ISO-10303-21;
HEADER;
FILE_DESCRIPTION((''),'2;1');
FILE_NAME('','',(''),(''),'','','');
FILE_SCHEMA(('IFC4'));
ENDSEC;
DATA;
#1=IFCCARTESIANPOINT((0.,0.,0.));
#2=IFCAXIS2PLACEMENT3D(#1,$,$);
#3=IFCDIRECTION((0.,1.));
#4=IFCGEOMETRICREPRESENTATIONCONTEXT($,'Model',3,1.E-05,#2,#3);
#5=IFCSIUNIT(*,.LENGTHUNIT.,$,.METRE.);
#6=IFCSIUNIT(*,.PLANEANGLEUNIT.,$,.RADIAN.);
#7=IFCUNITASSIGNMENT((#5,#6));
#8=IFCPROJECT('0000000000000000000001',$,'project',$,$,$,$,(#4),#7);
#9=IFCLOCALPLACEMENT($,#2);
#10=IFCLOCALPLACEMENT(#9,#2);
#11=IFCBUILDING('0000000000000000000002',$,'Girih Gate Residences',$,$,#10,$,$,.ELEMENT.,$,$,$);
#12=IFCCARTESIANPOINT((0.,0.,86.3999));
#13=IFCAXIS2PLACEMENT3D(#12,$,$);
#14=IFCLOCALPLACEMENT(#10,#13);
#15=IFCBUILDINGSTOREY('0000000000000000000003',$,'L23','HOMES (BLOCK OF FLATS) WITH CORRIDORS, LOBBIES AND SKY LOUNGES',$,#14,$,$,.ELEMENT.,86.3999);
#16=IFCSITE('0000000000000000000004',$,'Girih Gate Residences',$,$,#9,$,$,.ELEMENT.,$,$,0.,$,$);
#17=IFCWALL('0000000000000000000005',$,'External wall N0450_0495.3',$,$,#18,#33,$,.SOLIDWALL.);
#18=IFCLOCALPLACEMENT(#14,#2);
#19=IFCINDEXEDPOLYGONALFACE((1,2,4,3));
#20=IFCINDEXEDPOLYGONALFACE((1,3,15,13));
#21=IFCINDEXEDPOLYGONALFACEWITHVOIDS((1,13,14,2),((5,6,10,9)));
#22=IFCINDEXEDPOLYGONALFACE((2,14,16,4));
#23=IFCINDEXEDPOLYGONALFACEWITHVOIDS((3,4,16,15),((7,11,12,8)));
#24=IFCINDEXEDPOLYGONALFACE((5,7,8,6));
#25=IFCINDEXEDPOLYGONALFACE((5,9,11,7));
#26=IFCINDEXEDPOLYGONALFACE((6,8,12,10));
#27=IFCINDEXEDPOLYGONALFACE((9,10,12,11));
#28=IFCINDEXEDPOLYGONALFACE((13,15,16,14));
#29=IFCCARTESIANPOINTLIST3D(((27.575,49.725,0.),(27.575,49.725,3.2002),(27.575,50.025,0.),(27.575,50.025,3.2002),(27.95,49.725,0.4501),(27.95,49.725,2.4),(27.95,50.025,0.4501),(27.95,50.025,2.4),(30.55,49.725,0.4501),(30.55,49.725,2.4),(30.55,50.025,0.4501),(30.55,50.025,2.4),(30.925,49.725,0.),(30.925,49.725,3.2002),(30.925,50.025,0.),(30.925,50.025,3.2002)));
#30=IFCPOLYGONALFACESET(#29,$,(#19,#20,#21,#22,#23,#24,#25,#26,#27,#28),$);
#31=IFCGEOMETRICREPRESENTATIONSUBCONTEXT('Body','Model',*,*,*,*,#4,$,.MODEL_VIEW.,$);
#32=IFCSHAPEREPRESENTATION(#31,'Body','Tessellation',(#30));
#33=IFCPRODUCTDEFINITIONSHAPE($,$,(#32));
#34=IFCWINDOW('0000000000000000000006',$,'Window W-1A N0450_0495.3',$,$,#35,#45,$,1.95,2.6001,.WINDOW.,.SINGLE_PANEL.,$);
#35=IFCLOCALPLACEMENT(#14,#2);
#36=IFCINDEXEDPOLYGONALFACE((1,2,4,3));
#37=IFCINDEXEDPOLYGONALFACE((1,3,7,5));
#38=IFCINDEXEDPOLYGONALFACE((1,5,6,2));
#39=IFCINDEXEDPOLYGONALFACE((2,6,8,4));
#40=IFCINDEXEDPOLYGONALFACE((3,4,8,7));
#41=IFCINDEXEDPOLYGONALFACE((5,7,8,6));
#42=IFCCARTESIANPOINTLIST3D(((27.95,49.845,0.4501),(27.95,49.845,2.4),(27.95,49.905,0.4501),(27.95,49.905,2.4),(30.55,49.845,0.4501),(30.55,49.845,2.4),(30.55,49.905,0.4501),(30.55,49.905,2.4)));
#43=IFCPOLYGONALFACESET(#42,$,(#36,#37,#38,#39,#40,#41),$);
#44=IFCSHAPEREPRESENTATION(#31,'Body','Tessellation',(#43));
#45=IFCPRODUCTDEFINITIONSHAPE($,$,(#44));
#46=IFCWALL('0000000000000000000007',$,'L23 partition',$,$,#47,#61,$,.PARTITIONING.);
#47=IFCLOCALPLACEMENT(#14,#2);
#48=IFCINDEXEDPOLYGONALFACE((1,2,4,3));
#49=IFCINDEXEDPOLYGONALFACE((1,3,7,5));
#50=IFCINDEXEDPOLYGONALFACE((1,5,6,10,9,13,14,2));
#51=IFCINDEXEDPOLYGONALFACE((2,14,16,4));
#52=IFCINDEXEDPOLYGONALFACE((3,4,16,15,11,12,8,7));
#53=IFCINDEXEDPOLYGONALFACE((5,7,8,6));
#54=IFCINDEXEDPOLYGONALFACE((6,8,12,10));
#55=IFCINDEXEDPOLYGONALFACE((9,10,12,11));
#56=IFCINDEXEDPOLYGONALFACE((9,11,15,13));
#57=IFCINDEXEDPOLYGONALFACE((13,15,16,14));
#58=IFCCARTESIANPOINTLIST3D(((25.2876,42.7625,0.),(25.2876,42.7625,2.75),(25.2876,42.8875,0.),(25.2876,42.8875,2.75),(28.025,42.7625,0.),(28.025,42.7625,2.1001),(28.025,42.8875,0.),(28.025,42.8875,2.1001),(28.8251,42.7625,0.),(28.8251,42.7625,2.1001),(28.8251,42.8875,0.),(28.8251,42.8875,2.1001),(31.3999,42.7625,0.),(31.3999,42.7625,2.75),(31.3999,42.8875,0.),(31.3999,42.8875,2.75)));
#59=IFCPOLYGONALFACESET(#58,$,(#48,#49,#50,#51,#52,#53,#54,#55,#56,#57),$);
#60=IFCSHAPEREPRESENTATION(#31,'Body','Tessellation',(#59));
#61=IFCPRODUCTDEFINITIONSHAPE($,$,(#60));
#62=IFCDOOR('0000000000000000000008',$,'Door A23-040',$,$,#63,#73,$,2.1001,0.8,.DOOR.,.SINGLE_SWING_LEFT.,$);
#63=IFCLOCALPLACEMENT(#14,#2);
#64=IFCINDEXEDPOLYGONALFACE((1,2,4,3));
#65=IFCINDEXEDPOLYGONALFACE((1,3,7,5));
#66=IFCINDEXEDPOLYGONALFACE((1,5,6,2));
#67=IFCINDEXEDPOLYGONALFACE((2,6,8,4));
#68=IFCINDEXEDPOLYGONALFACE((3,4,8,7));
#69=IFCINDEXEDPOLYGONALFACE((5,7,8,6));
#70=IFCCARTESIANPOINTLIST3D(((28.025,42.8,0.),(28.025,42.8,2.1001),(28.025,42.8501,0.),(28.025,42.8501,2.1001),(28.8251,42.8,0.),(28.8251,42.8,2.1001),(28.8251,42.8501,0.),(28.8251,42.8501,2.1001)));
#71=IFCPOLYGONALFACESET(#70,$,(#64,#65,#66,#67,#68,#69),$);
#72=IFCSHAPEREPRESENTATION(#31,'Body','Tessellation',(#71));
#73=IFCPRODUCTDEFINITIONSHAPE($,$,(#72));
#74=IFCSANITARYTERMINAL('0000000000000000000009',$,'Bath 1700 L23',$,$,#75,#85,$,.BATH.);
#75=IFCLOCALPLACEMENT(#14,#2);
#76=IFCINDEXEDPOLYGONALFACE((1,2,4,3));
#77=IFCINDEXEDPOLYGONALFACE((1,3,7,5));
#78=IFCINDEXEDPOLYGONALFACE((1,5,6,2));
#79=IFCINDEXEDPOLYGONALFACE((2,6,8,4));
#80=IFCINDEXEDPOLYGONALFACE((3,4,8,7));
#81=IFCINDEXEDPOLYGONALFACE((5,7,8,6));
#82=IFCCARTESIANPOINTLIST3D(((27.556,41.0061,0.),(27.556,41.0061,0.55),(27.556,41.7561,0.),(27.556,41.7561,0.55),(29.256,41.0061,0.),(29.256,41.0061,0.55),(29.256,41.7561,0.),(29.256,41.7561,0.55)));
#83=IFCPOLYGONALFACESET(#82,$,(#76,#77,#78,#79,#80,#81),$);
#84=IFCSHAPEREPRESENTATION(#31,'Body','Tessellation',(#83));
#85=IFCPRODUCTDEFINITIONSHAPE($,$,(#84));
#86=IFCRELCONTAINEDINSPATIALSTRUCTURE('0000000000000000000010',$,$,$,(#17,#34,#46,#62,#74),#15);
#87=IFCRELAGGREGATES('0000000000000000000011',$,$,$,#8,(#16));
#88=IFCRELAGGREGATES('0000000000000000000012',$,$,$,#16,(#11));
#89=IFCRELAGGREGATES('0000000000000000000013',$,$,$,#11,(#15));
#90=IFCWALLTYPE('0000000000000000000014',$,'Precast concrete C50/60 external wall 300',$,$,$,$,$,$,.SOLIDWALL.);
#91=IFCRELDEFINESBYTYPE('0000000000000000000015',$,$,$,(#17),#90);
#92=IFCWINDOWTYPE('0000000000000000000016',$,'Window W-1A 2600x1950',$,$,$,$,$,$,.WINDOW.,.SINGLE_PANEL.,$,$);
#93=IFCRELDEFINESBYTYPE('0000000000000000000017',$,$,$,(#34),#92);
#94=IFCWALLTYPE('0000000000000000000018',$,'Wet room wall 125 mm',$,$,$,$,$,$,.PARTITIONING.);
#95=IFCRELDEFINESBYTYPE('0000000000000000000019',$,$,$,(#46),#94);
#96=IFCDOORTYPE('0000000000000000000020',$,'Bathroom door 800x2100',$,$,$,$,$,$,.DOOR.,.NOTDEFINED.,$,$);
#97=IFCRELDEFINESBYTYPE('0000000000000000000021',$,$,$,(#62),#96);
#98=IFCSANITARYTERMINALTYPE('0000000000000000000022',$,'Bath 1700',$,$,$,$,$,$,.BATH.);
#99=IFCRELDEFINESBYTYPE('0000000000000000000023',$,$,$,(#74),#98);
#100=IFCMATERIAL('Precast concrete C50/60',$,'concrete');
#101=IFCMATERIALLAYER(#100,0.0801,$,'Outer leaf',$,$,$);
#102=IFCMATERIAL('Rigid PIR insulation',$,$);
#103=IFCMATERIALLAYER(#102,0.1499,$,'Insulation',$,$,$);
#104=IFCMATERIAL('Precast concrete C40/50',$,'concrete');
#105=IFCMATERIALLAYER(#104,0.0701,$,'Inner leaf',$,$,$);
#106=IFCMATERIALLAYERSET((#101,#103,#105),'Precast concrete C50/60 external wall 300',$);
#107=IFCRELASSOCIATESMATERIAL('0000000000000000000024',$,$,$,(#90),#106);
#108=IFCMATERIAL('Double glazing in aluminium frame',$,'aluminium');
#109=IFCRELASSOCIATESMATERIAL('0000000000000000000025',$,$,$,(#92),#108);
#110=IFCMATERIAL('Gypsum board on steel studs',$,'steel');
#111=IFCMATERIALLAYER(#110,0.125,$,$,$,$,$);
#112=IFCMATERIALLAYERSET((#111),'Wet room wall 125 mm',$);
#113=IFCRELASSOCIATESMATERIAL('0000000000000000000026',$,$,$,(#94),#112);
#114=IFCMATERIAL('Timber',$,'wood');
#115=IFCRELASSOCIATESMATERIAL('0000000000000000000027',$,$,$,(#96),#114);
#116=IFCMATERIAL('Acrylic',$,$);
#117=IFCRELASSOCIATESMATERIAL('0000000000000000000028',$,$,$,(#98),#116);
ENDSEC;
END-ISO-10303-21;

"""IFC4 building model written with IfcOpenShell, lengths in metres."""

from ifc_helpers import new_model, si_unit, direction, frame, frame_2d, origin, origin_2d, place, context, subcontext, project, spatial, rectangle, extrude, material, layer, layer_set, type_object, element, fill, save


model = new_model("IFC4")

# Units and contexts
model_context = context("Model", 3, precision=1e-05, world=origin(), true_north=direction((0.0, 1.0)))
body_context = subcontext(model_context, "Body", "Model", "MODEL_VIEW")
ifc_project = project(units=[si_unit("LENGTHUNIT", "METRE"), si_unit("PLANEANGLEUNIT", "RADIAN")], contexts=[model_context])

# Site, building, storey
site_placement = place(None, origin())
site = spatial("IfcSite", under=ifc_project, at=site_placement, Name="Girih Gate Residences", CompositionType="ELEMENT", RefElevation=0.0)
building_placement = place(site_placement, origin())
building = spatial("IfcBuilding", under=site, at=building_placement, Name="Girih Gate Residences", CompositionType="ELEMENT")
storey_placement = place(building_placement, frame((0.0, 0.0, 86.3999)))
storey = spatial("IfcBuildingStorey", under=building, at=storey_placement, Name="L23", Description="HOMES (BLOCK OF FLATS) WITH CORRIDORS, LOBBIES AND SKY LOUNGES", CompositionType="ELEMENT", Elevation=86.3999)

# Shared definitions
ifc_material_1 = material(Name="Gypsum board on steel studs", Category="steel")

# Shared definitions
ifc_material_2 = material(Name="Timber", Category="wood")

# Wall, opening, window
ifc_material_3 = material(Name="Precast concrete C50/60", Category="concrete")
ifc_layer_1 = layer(ifc_material_3, 0.0801, Name="Outer leaf")
ifc_material_4 = material(Name="Rigid PIR insulation")
ifc_layer_2 = layer(ifc_material_4, 0.1499, Name="Insulation")
ifc_material_5 = material(Name="Precast concrete C40/50", Category="concrete")
ifc_layer_3 = layer(ifc_material_5, 0.0701, Name="Inner leaf")
ifc_layer_set_1 = layer_set([ifc_layer_1, ifc_layer_2, ifc_layer_3], Name="Precast concrete C50/60 external wall 300")
wall_type_1 = type_object("IfcWallType", Name="Precast concrete C50/60 external wall 300", PredefinedType="SOLIDWALL", material=ifc_layer_set_1)
wall_1_placement = place(storey_placement, frame((27.575, 49.875, 0.0), z_axis=(0.0, 0.0, 1.0), x_axis=(1.0, 0.0, 0.0)))
wall_1 = element("IfcWall", 1, at=wall_1_placement, inside=storey, type_object=wall_type_1, Name="External wall N0450_0495.3", PredefinedType="SOLIDWALL", context=body_context, shape_type="SweptSolid", body=[
    extrude(rectangle(XDim=3.3501, YDim=0.3, at=frame_2d((1.675, 0.0))), origin(), (0.0, 0.0, 1.0), 3.2002),
])
opening_1_placement = place(wall_1_placement, frame((0.375, 0.0, 0.45)))
opening_1 = element("IfcOpeningElement", 2, at=opening_1_placement, cuts=wall_1, PredefinedType="OPENING", context=body_context, shape_type="SweptSolid", body=[
    extrude(rectangle(XDim=2.6001, YDim=1.95, at=frame_2d((1.3, 0.9751))), frame((0.0, 0.1599, 0.0), z_axis=(0.0, -1.0, 0.0), x_axis=(1.0, 0.0, 0.0)), (0.0, 0.0, 1.0), 0.3201),
])
ifc_material_6 = material(Name="Double glazing in aluminium frame", Category="aluminium")
window_type = type_object("IfcWindowType", Name="Window W-1A 2600x1950", PartitioningType="SINGLE_PANEL", PredefinedType="WINDOW", material=ifc_material_6)
window_placement = place(opening_1_placement, origin())
window = element("IfcWindow", 3, at=window_placement, inside=storey, type_object=window_type, Name="Window W-1A N0450_0495.3", OverallHeight=1.95, OverallWidth=2.6001, PartitioningType="SINGLE_PANEL", PredefinedType="WINDOW", context=body_context, shape_type="SweptSolid", body=[
    extrude(rectangle(XDim=2.6001, YDim=1.95, at=frame_2d((1.3, 0.9751))), frame((0.0, 0.03, 0.0), z_axis=(0.0, -1.0, 0.0), x_axis=(1.0, 0.0, 0.0)), (0.0, 0.0, 1.0), 0.0601),
])
fill(opening_1, window)

# Wall, opening, door
ifc_layer_4 = layer(ifc_material_1, 0.125)
ifc_layer_set_2 = layer_set([ifc_layer_4], Name="Wet room wall 125 mm")
wall_type_2 = type_object("IfcWallType", Name="Wet room wall 125 mm", PredefinedType="PARTITIONING", material=ifc_layer_set_2)
wall_2_placement = place(storey_placement, frame((31.3999, 42.825, 0.0), z_axis=(0.0, 0.0, 1.0), x_axis=(-1.0, 0.0, 0.0)))
wall_2 = element("IfcWall", 4, at=wall_2_placement, inside=storey, type_object=wall_type_2, Name="L23 partition", PredefinedType="PARTITIONING", context=body_context, shape_type="SweptSolid", body=[
    extrude(rectangle(XDim=6.1123, YDim=0.125, at=frame_2d((3.0562, 0.0))), origin(), (0.0, 0.0, 1.0), 2.75),
])
opening_2_placement = place(wall_2_placement, frame((2.575, 0.0, 0.0)))
opening_2 = element("IfcOpeningElement", 5, at=opening_2_placement, cuts=wall_2, PredefinedType="OPENING", context=body_context, shape_type="SweptSolid", body=[
    extrude(rectangle(XDim=0.8, YDim=2.1001, at=frame_2d((0.3999, 1.05))), frame((0.0, 0.0725, 0.0), z_axis=(0.0, -1.0, 0.0), x_axis=(1.0, 0.0, 0.0)), (0.0, 0.0, 1.0), 0.145),
])
door_type_1 = type_object("IfcDoorType", Name="Bathroom door 800x2100", OperationType="NOTDEFINED", PredefinedType="DOOR", material=ifc_material_2)
door_1_placement = place(opening_2_placement, origin())
door_1 = element("IfcDoor", 6, at=door_1_placement, inside=storey, type_object=door_type_1, Name="Door A23-040", OperationType="SINGLE_SWING_LEFT", OverallHeight=2.1001, OverallWidth=0.8, PredefinedType="DOOR", context=body_context, shape_type="SweptSolid", body=[
    extrude(rectangle(XDim=0.8, YDim=2.1001, at=frame_2d((0.3999, 1.05))), frame((0.0, 0.0249, 0.0), z_axis=(0.0, -1.0, 0.0), x_axis=(1.0, 0.0, 0.0)), (0.0, 0.0, 1.0), 0.05),
])
fill(opening_2, door_1)

# Sanitary terminal
ifc_material_7 = material(Name="Acrylic")
sanitary_terminal_type = type_object("IfcSanitaryTerminalType", Name="Bath 1700", PredefinedType="BATH", material=ifc_material_7)
sanitary_terminal_placement = place(storey_placement, frame((28.406, 41.3811, 0.0), z_axis=(0.0, 0.0, 1.0), x_axis=(1.0, 0.0, 0.0)))
element("IfcSanitaryTerminal", 7, at=sanitary_terminal_placement, inside=storey, type_object=sanitary_terminal_type, Name="Bath 1700 L23", PredefinedType="BATH", context=body_context, shape_type="SweptSolid", body=[
    extrude(rectangle(XDim=1.7, YDim=0.75, at=origin_2d()), origin(), (0.0, 0.0, 1.0), 0.55),
])

save(model, "model.ifc")
